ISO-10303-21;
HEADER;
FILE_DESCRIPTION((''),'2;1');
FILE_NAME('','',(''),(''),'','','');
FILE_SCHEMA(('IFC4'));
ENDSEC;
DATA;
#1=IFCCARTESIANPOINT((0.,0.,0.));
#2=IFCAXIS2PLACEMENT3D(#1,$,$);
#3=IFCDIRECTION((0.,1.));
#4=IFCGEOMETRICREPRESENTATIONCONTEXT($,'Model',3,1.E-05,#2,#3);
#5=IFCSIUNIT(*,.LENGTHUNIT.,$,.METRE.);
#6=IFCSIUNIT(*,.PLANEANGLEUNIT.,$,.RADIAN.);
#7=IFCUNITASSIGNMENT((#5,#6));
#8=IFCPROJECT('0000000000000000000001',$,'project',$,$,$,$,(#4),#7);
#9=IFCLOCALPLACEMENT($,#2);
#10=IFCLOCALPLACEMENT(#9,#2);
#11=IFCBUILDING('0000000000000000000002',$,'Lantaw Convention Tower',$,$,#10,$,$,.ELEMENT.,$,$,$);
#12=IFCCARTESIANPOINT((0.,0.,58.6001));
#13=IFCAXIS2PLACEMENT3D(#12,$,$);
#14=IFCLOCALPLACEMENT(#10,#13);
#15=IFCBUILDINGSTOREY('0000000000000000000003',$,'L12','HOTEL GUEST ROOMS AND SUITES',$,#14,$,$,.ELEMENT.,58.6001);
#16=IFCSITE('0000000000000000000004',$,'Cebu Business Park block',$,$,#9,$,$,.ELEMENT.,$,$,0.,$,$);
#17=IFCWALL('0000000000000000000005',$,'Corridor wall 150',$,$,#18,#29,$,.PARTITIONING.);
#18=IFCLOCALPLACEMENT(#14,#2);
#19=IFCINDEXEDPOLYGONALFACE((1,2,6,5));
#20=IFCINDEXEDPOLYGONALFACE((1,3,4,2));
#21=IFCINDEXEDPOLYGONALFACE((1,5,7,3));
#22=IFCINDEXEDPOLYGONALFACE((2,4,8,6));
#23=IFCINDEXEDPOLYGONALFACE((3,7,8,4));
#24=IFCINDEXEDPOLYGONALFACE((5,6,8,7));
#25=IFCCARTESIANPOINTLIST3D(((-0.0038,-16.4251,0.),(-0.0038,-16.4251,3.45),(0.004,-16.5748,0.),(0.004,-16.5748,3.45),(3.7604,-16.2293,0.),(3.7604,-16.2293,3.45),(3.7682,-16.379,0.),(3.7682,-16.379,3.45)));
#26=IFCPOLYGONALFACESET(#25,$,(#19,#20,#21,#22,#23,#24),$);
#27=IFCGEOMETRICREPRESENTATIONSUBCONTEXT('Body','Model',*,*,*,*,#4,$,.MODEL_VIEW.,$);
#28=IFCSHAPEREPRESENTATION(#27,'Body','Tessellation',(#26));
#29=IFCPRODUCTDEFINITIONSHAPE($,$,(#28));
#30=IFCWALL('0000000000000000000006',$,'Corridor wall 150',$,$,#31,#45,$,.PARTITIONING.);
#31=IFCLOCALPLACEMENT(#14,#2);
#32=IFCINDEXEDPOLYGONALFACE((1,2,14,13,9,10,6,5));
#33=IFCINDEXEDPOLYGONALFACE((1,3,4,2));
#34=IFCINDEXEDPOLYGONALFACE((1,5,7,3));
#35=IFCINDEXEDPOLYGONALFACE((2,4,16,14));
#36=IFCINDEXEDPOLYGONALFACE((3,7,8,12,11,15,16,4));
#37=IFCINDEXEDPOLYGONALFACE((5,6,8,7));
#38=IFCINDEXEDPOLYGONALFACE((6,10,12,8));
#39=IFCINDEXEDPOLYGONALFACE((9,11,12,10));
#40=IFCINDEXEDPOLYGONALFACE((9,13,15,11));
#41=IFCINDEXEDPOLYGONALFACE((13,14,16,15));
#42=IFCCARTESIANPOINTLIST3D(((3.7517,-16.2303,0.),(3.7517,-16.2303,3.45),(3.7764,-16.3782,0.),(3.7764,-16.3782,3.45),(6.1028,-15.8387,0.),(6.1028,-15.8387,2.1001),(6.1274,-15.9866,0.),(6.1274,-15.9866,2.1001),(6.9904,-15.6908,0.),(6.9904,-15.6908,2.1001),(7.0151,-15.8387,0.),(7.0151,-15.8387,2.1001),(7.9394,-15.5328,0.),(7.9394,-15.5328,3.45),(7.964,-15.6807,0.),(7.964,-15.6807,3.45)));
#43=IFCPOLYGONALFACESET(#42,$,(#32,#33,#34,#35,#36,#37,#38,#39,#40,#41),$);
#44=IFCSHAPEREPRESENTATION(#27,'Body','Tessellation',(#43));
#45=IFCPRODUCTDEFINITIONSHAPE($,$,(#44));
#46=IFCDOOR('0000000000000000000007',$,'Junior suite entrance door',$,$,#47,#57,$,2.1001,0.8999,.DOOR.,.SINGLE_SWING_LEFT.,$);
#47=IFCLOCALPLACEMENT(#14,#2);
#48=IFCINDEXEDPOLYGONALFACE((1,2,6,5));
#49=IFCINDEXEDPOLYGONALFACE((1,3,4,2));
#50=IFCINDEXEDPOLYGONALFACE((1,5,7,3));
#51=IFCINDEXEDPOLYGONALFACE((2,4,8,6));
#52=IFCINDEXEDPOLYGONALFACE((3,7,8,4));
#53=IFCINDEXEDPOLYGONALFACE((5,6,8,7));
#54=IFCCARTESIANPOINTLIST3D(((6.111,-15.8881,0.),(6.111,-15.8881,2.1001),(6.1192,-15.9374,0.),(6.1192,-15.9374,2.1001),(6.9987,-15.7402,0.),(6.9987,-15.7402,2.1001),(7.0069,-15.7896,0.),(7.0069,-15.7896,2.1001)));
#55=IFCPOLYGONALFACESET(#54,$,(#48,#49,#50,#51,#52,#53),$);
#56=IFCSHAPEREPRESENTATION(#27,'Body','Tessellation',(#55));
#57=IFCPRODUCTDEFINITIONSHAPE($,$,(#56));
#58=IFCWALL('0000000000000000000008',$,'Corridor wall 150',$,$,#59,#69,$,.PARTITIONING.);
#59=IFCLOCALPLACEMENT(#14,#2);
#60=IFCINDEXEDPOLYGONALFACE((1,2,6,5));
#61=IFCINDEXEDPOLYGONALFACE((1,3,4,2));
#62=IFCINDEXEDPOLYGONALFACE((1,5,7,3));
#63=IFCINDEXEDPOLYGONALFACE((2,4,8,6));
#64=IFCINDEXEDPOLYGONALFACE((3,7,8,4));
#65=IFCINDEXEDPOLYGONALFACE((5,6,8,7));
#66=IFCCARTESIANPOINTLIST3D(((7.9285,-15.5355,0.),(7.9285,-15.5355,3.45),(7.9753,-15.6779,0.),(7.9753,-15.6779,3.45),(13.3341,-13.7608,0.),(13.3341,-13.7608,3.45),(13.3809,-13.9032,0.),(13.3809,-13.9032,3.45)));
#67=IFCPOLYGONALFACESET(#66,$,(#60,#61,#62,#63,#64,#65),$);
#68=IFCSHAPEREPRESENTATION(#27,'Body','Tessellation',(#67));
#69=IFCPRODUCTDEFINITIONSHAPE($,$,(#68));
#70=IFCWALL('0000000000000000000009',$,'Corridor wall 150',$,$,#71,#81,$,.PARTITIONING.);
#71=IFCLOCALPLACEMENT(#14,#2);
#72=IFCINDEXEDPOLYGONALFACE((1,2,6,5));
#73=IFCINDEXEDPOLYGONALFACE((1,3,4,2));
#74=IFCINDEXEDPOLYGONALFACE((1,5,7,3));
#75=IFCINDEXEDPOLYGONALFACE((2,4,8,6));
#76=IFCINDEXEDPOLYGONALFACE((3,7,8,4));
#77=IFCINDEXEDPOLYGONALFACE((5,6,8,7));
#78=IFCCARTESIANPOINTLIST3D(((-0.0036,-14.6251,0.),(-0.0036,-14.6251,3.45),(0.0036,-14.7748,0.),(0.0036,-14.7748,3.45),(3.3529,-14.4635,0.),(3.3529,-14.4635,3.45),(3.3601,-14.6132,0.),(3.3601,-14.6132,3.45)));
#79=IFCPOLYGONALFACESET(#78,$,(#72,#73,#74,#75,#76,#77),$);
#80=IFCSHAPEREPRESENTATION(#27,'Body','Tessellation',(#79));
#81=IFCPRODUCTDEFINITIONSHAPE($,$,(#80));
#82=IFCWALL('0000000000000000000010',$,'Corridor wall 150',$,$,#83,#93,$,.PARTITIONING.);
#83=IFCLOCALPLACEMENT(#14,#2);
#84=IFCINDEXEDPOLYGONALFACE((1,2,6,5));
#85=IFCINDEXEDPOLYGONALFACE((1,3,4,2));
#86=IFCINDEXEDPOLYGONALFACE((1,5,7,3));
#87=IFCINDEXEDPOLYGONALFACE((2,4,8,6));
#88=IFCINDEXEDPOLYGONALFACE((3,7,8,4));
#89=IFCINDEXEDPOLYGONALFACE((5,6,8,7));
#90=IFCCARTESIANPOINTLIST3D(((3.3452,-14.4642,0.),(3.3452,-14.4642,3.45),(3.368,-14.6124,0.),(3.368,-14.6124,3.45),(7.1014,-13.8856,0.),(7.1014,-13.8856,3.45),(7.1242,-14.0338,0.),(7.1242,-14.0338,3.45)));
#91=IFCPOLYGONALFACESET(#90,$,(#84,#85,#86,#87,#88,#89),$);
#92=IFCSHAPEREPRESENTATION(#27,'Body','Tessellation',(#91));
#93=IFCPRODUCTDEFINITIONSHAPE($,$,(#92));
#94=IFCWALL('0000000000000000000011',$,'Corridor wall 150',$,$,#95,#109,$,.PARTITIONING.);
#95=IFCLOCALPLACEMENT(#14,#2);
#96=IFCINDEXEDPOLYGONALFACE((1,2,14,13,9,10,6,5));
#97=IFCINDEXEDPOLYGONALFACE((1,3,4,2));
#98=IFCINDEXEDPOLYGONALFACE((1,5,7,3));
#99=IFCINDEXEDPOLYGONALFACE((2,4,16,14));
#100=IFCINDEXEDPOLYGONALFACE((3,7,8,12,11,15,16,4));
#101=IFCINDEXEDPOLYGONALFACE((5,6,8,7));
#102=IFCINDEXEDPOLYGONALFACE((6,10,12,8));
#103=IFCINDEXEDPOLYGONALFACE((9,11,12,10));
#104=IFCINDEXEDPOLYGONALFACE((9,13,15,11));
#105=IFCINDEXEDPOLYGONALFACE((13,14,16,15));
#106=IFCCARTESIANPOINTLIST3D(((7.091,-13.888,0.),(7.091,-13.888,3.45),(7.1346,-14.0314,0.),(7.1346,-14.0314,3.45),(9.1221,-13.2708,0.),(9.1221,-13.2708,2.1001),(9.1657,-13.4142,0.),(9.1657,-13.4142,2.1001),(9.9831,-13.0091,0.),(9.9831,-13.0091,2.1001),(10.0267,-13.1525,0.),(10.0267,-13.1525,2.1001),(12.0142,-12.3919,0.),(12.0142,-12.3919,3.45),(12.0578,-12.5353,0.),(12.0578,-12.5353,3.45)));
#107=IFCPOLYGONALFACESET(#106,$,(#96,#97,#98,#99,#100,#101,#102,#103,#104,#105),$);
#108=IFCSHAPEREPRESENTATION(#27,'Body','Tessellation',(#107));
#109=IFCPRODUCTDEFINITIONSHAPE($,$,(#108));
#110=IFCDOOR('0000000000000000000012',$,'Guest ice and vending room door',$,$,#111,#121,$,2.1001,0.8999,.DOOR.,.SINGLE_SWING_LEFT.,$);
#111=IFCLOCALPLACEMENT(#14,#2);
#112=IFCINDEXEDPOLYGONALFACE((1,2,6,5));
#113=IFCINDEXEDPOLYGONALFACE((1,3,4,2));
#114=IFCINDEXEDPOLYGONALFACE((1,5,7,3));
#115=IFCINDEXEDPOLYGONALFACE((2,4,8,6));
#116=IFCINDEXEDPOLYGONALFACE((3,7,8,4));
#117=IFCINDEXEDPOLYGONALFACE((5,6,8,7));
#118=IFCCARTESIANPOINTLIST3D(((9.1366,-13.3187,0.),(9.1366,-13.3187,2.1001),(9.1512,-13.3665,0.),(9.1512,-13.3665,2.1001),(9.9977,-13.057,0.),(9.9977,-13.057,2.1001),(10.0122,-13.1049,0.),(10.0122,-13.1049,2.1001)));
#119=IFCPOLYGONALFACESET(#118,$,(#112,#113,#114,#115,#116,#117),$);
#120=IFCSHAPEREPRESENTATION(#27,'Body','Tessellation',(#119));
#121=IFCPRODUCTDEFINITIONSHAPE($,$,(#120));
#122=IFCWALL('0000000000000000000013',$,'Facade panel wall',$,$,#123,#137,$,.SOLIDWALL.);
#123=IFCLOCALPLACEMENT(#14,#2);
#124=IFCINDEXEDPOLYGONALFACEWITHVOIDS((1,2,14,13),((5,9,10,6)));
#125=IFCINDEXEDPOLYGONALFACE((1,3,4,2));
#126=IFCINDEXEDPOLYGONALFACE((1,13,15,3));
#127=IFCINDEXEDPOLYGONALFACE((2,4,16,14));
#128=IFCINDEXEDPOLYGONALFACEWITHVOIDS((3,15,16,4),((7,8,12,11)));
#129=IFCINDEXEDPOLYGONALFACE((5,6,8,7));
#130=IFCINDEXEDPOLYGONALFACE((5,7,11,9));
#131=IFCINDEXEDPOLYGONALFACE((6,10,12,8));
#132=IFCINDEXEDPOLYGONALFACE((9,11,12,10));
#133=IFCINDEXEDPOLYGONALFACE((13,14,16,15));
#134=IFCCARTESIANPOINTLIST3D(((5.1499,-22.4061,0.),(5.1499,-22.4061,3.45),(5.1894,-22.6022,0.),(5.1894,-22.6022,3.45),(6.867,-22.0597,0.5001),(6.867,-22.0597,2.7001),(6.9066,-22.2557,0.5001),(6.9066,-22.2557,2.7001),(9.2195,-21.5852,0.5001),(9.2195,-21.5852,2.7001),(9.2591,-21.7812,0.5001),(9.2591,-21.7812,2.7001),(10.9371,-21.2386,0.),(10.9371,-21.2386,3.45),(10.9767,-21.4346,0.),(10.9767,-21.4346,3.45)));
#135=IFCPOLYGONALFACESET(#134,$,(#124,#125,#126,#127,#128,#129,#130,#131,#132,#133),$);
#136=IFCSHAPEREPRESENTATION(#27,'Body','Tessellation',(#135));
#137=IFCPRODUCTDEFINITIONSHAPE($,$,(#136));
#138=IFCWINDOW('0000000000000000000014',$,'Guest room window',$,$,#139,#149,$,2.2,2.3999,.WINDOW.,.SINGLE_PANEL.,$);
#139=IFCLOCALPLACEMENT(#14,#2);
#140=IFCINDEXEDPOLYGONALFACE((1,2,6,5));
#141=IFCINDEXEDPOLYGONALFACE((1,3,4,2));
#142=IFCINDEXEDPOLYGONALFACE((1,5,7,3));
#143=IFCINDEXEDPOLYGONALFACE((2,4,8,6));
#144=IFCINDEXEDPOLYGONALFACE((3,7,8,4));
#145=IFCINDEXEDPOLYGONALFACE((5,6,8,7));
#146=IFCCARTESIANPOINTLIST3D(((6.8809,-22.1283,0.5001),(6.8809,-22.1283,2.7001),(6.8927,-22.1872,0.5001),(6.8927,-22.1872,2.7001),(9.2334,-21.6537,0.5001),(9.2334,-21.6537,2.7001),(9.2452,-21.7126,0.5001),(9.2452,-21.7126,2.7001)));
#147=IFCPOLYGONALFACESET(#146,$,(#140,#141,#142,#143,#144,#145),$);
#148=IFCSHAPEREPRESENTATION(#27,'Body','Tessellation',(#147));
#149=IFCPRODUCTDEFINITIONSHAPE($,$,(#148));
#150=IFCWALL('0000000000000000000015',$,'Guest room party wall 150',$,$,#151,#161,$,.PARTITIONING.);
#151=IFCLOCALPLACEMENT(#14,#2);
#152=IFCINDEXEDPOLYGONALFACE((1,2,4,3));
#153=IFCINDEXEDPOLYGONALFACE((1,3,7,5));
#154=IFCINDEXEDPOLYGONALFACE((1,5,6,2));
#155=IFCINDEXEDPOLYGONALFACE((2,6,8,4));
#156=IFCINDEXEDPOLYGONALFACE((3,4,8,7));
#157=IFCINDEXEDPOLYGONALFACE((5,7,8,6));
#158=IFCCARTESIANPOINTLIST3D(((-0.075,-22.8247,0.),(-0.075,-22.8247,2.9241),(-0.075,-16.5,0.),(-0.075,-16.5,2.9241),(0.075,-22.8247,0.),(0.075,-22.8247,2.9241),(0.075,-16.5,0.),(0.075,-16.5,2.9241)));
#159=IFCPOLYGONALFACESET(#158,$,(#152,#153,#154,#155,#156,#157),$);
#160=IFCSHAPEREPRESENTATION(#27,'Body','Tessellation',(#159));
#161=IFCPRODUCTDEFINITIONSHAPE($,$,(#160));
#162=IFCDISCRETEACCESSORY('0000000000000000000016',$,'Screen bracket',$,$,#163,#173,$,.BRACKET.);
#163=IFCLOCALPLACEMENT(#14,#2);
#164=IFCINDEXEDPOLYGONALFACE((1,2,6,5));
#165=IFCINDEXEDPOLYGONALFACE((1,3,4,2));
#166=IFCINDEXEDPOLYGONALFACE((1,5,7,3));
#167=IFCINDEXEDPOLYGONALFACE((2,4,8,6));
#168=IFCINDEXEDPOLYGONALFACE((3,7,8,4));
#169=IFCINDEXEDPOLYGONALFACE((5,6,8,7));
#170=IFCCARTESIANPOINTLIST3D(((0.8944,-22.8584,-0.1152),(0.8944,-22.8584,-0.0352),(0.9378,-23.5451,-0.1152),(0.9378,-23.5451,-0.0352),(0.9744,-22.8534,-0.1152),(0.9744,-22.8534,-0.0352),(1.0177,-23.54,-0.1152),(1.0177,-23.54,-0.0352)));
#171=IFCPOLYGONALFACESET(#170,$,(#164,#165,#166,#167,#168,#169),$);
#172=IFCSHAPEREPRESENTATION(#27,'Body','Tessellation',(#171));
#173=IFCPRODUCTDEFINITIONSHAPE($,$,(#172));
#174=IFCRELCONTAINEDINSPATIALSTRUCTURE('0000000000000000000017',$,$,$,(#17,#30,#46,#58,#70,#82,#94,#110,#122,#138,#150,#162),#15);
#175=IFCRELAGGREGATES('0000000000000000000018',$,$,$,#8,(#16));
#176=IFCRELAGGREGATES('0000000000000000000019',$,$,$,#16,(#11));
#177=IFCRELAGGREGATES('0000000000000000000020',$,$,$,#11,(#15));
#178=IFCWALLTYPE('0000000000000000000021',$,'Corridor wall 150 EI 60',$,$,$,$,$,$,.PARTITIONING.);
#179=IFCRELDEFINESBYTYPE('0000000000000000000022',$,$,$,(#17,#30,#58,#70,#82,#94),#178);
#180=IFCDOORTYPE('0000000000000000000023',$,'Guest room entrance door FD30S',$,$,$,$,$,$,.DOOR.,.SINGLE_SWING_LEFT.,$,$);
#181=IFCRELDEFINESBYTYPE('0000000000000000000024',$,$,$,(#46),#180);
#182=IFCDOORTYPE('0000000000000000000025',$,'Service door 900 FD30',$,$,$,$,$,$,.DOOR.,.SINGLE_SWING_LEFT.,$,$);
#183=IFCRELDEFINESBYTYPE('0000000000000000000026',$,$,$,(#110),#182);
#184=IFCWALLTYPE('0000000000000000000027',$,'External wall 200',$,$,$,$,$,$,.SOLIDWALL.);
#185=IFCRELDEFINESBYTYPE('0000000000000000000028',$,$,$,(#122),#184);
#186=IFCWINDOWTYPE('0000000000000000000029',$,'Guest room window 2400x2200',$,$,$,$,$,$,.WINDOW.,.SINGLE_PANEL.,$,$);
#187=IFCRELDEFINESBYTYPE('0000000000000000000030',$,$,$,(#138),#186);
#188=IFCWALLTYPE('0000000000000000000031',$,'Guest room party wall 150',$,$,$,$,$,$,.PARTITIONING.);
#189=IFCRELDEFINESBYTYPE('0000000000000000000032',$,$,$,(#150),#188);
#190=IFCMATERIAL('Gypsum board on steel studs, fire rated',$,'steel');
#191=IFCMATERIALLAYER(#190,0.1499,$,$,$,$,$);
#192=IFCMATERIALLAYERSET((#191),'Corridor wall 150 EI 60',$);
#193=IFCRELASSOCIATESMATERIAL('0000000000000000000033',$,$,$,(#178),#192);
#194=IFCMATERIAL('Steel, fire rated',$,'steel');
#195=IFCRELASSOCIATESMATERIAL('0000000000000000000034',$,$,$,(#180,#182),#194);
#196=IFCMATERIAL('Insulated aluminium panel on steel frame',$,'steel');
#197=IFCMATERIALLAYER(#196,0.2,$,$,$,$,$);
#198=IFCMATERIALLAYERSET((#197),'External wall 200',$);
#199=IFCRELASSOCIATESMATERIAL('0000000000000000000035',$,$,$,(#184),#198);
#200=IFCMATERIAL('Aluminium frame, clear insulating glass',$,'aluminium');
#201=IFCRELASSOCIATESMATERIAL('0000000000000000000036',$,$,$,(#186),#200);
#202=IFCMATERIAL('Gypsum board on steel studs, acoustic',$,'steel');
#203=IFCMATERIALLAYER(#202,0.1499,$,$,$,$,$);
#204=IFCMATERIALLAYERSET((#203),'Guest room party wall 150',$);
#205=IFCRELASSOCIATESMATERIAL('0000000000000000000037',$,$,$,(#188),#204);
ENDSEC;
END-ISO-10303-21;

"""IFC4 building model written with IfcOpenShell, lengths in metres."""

from ifc_helpers import new_model, si_unit, direction, frame, frame_2d, origin, origin_2d, place, context, subcontext, project, spatial, rectangle, extrude, material, layer, layer_set, type_object, element, fill, save


model = new_model("IFC4")

# Units and contexts
model_context = context("Model", 3, precision=1e-05, world=origin(), true_north=direction((0.0, 1.0)))
body_context = subcontext(model_context, "Body", "Model", "MODEL_VIEW")
ifc_project = project(units=[si_unit("LENGTHUNIT", "METRE"), si_unit("PLANEANGLEUNIT", "RADIAN")], contexts=[model_context])

# Site, building, storey
site_placement = place(None, origin())
site = spatial("IfcSite", under=ifc_project, at=site_placement, Name="Cebu Business Park block", CompositionType="ELEMENT", RefElevation=0.0)
building_placement = place(site_placement, origin())
building = spatial("IfcBuilding", under=site, at=building_placement, Name="Lantaw Convention Tower", CompositionType="ELEMENT")
storey_placement = place(building_placement, frame((0.0, 0.0, 58.6001)))
storey = spatial("IfcBuildingStorey", under=building, at=storey_placement, Name="L12", Description="HOTEL GUEST ROOMS AND SUITES", CompositionType="ELEMENT", Elevation=58.6001)

# Wall
ifc_material_1 = material(Name="Gypsum board on steel studs, fire rated", Category="steel")
ifc_layer_1 = layer(ifc_material_1, 0.1499)
ifc_layer_set_1 = layer_set([ifc_layer_1], Name="Corridor wall 150 EI 60")
wall_type_1 = type_object("IfcWallType", Name="Corridor wall 150 EI 60", PredefinedType="PARTITIONING", material=ifc_layer_set_1)
wall_1_placement = place(storey_placement, frame((0.0, -16.5, 0.0), z_axis=(0.0, 0.0, 1.0), x_axis=(0.99865, 0.051947, 0.0)))
element("IfcWall", 1, at=wall_1_placement, inside=storey, type_object=wall_type_1, Name="Corridor wall 150", PredefinedType="PARTITIONING", context=body_context, shape_type="SweptSolid", body=[
    extrude(rectangle(XDim=3.7693, YDim=0.1499, at=frame_2d((1.8848, 0.0))), origin(), (0.0, 0.0, 1.0), 3.45),
])

# Wall, opening, door
wall_2_placement = place(storey_placement, frame((3.7642, -16.3042, 0.0), z_axis=(0.0, 0.0, 1.0), x_axis=(0.986411, 0.164296, 0.0)))
wall_2 = element("IfcWall", 2, at=wall_2_placement, inside=storey, type_object=wall_type_1, Name="Corridor wall 150", PredefinedType="PARTITIONING", context=body_context, shape_type="SweptSolid", body=[
    extrude(rectangle(XDim=4.2454, YDim=0.1499, at=frame_2d((2.1226, 0.0))), origin(), (0.0, 0.0, 1.0), 3.45),
])
opening_1_placement = place(wall_2_placement, frame((2.3833, 0.0, 0.0)))
opening_1 = element("IfcOpeningElement", 3, at=opening_1_placement, cuts=wall_2, PredefinedType="OPENING", context=body_context, shape_type="SweptSolid", body=[
    extrude(rectangle(XDim=0.8999, YDim=2.1001, at=frame_2d((0.45, 1.05))), frame((0.0, 0.085, 0.0), z_axis=(0.0, -1.0, 0.0), x_axis=(1.0, 0.0, 0.0)), (0.0, 0.0, 1.0), 0.1699),
])
ifc_material_2 = material(Name="Steel, fire rated", Category="steel")
door_type_1 = type_object("IfcDoorType", Name="Guest room entrance door FD30S", OperationType="SINGLE_SWING_LEFT", PredefinedType="DOOR", material=ifc_material_2)
door_1_placement = place(opening_1_placement, origin())
door_1 = element("IfcDoor", 4, at=door_1_placement, inside=storey, type_object=door_type_1, Name="Junior suite entrance door", OperationType="SINGLE_SWING_LEFT", OverallHeight=2.1001, OverallWidth=0.8999, PredefinedType="DOOR", context=body_context, shape_type="SweptSolid", body=[
    extrude(rectangle(XDim=0.8999, YDim=2.1001, at=frame_2d((0.45, 1.05))), frame((0.0, 0.0249, 0.0), z_axis=(0.0, -1.0, 0.0), x_axis=(1.0, 0.0, 0.0)), (0.0, 0.0, 1.0), 0.05),
])
fill(opening_1, door_1)

# Walls
wall_3_placement = place(storey_placement, frame((7.9519, -15.6067, 0.0), z_axis=(0.0, 0.0, 1.0), x_axis=(0.950107, 0.311925, 0.0)))
element("IfcWall", 5, at=wall_3_placement, inside=storey, type_object=wall_type_1, Name="Corridor wall 150", PredefinedType="PARTITIONING", context=body_context, shape_type="SweptSolid", body=[
    extrude(rectangle(XDim=5.6895, YDim=0.1499, at=frame_2d((2.8447, 0.0))), origin(), (0.0, 0.0, 1.0), 3.45),
])
wall_4_placement = place(storey_placement, frame((0.0, -14.7, 0.0), z_axis=(0.0, 0.0, 1.0), x_axis=(0.998843, 0.048097, 0.0)))
element("IfcWall", 6, at=wall_4_placement, inside=storey, type_object=wall_type_1, Name="Corridor wall 150", PredefinedType="PARTITIONING", context=body_context, shape_type="SweptSolid", body=[
    extrude(rectangle(XDim=3.3604, YDim=0.1499, at=frame_2d((1.6802, 0.0))), origin(), (0.0, 0.0, 1.0), 3.45),
])
wall_5_placement = place(storey_placement, frame((3.3564, -14.5383, 0.0), z_axis=(0.0, 0.0, 1.0), x_axis=(0.988343, 0.152241, 0.0)))
element("IfcWall", 7, at=wall_5_placement, inside=storey, type_object=wall_type_1, Name="Corridor wall 150", PredefinedType="PARTITIONING", context=body_context, shape_type="SweptSolid", body=[
    extrude(rectangle(XDim=3.8005, YDim=0.1499, at=frame_2d((1.9004, 0.0))), origin(), (0.0, 0.0, 1.0), 3.45),
])

# Wall, opening, door
wall_6_placement = place(storey_placement, frame((7.1128, -13.9597, 0.0), z_axis=(0.0, 0.0, 1.0), x_axis=(0.956795, 0.290763, 0.0)))
wall_6 = element("IfcWall", 8, at=wall_6_placement, inside=storey, type_object=wall_type_1, Name="Corridor wall 150", PredefinedType="PARTITIONING", context=body_context, shape_type="SweptSolid", body=[
    extrude(rectangle(XDim=5.1455, YDim=0.1499, at=frame_2d((2.5728, 0.0))), origin(), (0.0, 0.0, 1.0), 3.45),
])
opening_2_placement = place(wall_6_placement, frame((2.1228, 0.0, 0.0)))
opening_2 = element("IfcOpeningElement", 9, at=opening_2_placement, cuts=wall_6, PredefinedType="OPENING", context=body_context, shape_type="SweptSolid", body=[
    extrude(rectangle(XDim=0.8999, YDim=2.1001, at=frame_2d((0.45, 1.05))), frame((0.0, 0.085, 0.0), z_axis=(0.0, -1.0, 0.0), x_axis=(1.0, 0.0, 0.0)), (0.0, 0.0, 1.0), 0.1699),
])
door_type_2 = type_object("IfcDoorType", Name="Service door 900 FD30", OperationType="SINGLE_SWING_LEFT", PredefinedType="DOOR", material=ifc_material_2)
door_2_placement = place(opening_2_placement, origin())
door_2 = element("IfcDoor", 10, at=door_2_placement, inside=storey, type_object=door_type_2, Name="Guest ice and vending room door", OperationType="SINGLE_SWING_LEFT", OverallHeight=2.1001, OverallWidth=0.8999, PredefinedType="DOOR", context=body_context, shape_type="SweptSolid", body=[
    extrude(rectangle(XDim=0.8999, YDim=2.1001, at=frame_2d((0.45, 1.05))), frame((0.0, 0.0249, 0.0), z_axis=(0.0, -1.0, 0.0), x_axis=(1.0, 0.0, 0.0)), (0.0, 0.0, 1.0), 0.05),
])
fill(opening_2, door_2)

# Wall, opening, window
ifc_material_3 = material(Name="Insulated aluminium panel on steel frame", Category="steel")
ifc_layer_2 = layer(ifc_material_3, 0.2)
ifc_layer_set_2 = layer_set([ifc_layer_2], Name="External wall 200")
wall_type_2 = type_object("IfcWallType", Name="External wall 200", PredefinedType="SOLIDWALL", material=ifc_layer_set_2)
wall_7_placement = place(storey_placement, frame((5.1697, -22.5042, 0.0), z_axis=(0.0, 0.0, 1.0), x_axis=(0.980252, 0.197754, 0.0)))
wall_7 = element("IfcWall", 11, at=wall_7_placement, inside=storey, type_object=wall_type_2, Name="Facade panel wall", PredefinedType="SOLIDWALL", context=body_context, shape_type="SweptSolid", body=[
    extrude(rectangle(XDim=5.9038, YDim=0.2, at=frame_2d((2.9519, 0.0))), origin(), (0.0, 0.0, 1.0), 3.45),
])
opening_3_placement = place(wall_7_placement, frame((1.7517, 0.0, 0.5)))
opening_3 = element("IfcOpeningElement", 12, at=opening_3_placement, cuts=wall_7, PredefinedType="OPENING", context=body_context, shape_type="SweptSolid", body=[
    extrude(rectangle(XDim=2.3999, YDim=2.2, at=frame_2d((1.2, 1.1001))), frame((0.0, 0.1099, 0.0), z_axis=(0.0, -1.0, 0.0), x_axis=(1.0, 0.0, 0.0)), (0.0, 0.0, 1.0), 0.22),
])
ifc_material_4 = material(Name="Aluminium frame, clear insulating glass", Category="aluminium")
window_type = type_object("IfcWindowType", Name="Guest room window 2400x2200", PartitioningType="SINGLE_PANEL", PredefinedType="WINDOW", material=ifc_material_4)
window_placement = place(opening_3_placement, origin())
window = element("IfcWindow", 13, at=window_placement, inside=storey, type_object=window_type, Name="Guest room window", OverallHeight=2.2, OverallWidth=2.3999, PartitioningType="SINGLE_PANEL", PredefinedType="WINDOW", context=body_context, shape_type="SweptSolid", body=[
    extrude(rectangle(XDim=2.3999, YDim=2.2, at=frame_2d((1.2, 1.1001))), frame((0.0, 0.03, 0.0), z_axis=(0.0, -1.0, 0.0), x_axis=(1.0, 0.0, 0.0)), (0.0, 0.0, 1.0), 0.0601),
])
fill(opening_3, window)

# Wall
ifc_material_5 = material(Name="Gypsum board on steel studs, acoustic", Category="steel")
ifc_layer_3 = layer(ifc_material_5, 0.1499)
ifc_layer_set_3 = layer_set([ifc_layer_3], Name="Guest room party wall 150")
wall_type_3 = type_object("IfcWallType", Name="Guest room party wall 150", PredefinedType="PARTITIONING", material=ifc_layer_set_3)
wall_8_placement = place(storey_placement, frame((0.0, -22.8247, 0.0), z_axis=(0.0, 0.0, 1.0), x_axis=(0.0, 1.0, 0.0)))
element("IfcWall", 14, at=wall_8_placement, inside=storey, type_object=wall_type_3, Name="Guest room party wall 150", PredefinedType="PARTITIONING", context=body_context, shape_type="SweptSolid", body=[
    extrude(rectangle(XDim=6.3247, YDim=0.1499, at=frame_2d((3.1624, 0.0))), origin(), (0.0, 0.0, 1.0), 2.9241),
])

# Discrete accessory
for number, where, z_axis, x_axis, name in (
    (15, (0.9561, -23.1992, -0.1152), (0.0, 0.0, 1.0), (0.998016, 0.062958, 0.0), "Screen bracket"),
):
    element("IfcDiscreteAccessory", number, at=place(storey_placement, frame(where, z_axis=z_axis, x_axis=x_axis)), inside=storey, Name=name, PredefinedType="BRACKET", context=body_context, shape_type="SweptSolid", body=[
        extrude(rectangle(XDim=0.0801, YDim=0.688, at=origin_2d()), origin(), (0.0, 0.0, 1.0), 0.0801),
    ])

save(model, "model.ifc")
